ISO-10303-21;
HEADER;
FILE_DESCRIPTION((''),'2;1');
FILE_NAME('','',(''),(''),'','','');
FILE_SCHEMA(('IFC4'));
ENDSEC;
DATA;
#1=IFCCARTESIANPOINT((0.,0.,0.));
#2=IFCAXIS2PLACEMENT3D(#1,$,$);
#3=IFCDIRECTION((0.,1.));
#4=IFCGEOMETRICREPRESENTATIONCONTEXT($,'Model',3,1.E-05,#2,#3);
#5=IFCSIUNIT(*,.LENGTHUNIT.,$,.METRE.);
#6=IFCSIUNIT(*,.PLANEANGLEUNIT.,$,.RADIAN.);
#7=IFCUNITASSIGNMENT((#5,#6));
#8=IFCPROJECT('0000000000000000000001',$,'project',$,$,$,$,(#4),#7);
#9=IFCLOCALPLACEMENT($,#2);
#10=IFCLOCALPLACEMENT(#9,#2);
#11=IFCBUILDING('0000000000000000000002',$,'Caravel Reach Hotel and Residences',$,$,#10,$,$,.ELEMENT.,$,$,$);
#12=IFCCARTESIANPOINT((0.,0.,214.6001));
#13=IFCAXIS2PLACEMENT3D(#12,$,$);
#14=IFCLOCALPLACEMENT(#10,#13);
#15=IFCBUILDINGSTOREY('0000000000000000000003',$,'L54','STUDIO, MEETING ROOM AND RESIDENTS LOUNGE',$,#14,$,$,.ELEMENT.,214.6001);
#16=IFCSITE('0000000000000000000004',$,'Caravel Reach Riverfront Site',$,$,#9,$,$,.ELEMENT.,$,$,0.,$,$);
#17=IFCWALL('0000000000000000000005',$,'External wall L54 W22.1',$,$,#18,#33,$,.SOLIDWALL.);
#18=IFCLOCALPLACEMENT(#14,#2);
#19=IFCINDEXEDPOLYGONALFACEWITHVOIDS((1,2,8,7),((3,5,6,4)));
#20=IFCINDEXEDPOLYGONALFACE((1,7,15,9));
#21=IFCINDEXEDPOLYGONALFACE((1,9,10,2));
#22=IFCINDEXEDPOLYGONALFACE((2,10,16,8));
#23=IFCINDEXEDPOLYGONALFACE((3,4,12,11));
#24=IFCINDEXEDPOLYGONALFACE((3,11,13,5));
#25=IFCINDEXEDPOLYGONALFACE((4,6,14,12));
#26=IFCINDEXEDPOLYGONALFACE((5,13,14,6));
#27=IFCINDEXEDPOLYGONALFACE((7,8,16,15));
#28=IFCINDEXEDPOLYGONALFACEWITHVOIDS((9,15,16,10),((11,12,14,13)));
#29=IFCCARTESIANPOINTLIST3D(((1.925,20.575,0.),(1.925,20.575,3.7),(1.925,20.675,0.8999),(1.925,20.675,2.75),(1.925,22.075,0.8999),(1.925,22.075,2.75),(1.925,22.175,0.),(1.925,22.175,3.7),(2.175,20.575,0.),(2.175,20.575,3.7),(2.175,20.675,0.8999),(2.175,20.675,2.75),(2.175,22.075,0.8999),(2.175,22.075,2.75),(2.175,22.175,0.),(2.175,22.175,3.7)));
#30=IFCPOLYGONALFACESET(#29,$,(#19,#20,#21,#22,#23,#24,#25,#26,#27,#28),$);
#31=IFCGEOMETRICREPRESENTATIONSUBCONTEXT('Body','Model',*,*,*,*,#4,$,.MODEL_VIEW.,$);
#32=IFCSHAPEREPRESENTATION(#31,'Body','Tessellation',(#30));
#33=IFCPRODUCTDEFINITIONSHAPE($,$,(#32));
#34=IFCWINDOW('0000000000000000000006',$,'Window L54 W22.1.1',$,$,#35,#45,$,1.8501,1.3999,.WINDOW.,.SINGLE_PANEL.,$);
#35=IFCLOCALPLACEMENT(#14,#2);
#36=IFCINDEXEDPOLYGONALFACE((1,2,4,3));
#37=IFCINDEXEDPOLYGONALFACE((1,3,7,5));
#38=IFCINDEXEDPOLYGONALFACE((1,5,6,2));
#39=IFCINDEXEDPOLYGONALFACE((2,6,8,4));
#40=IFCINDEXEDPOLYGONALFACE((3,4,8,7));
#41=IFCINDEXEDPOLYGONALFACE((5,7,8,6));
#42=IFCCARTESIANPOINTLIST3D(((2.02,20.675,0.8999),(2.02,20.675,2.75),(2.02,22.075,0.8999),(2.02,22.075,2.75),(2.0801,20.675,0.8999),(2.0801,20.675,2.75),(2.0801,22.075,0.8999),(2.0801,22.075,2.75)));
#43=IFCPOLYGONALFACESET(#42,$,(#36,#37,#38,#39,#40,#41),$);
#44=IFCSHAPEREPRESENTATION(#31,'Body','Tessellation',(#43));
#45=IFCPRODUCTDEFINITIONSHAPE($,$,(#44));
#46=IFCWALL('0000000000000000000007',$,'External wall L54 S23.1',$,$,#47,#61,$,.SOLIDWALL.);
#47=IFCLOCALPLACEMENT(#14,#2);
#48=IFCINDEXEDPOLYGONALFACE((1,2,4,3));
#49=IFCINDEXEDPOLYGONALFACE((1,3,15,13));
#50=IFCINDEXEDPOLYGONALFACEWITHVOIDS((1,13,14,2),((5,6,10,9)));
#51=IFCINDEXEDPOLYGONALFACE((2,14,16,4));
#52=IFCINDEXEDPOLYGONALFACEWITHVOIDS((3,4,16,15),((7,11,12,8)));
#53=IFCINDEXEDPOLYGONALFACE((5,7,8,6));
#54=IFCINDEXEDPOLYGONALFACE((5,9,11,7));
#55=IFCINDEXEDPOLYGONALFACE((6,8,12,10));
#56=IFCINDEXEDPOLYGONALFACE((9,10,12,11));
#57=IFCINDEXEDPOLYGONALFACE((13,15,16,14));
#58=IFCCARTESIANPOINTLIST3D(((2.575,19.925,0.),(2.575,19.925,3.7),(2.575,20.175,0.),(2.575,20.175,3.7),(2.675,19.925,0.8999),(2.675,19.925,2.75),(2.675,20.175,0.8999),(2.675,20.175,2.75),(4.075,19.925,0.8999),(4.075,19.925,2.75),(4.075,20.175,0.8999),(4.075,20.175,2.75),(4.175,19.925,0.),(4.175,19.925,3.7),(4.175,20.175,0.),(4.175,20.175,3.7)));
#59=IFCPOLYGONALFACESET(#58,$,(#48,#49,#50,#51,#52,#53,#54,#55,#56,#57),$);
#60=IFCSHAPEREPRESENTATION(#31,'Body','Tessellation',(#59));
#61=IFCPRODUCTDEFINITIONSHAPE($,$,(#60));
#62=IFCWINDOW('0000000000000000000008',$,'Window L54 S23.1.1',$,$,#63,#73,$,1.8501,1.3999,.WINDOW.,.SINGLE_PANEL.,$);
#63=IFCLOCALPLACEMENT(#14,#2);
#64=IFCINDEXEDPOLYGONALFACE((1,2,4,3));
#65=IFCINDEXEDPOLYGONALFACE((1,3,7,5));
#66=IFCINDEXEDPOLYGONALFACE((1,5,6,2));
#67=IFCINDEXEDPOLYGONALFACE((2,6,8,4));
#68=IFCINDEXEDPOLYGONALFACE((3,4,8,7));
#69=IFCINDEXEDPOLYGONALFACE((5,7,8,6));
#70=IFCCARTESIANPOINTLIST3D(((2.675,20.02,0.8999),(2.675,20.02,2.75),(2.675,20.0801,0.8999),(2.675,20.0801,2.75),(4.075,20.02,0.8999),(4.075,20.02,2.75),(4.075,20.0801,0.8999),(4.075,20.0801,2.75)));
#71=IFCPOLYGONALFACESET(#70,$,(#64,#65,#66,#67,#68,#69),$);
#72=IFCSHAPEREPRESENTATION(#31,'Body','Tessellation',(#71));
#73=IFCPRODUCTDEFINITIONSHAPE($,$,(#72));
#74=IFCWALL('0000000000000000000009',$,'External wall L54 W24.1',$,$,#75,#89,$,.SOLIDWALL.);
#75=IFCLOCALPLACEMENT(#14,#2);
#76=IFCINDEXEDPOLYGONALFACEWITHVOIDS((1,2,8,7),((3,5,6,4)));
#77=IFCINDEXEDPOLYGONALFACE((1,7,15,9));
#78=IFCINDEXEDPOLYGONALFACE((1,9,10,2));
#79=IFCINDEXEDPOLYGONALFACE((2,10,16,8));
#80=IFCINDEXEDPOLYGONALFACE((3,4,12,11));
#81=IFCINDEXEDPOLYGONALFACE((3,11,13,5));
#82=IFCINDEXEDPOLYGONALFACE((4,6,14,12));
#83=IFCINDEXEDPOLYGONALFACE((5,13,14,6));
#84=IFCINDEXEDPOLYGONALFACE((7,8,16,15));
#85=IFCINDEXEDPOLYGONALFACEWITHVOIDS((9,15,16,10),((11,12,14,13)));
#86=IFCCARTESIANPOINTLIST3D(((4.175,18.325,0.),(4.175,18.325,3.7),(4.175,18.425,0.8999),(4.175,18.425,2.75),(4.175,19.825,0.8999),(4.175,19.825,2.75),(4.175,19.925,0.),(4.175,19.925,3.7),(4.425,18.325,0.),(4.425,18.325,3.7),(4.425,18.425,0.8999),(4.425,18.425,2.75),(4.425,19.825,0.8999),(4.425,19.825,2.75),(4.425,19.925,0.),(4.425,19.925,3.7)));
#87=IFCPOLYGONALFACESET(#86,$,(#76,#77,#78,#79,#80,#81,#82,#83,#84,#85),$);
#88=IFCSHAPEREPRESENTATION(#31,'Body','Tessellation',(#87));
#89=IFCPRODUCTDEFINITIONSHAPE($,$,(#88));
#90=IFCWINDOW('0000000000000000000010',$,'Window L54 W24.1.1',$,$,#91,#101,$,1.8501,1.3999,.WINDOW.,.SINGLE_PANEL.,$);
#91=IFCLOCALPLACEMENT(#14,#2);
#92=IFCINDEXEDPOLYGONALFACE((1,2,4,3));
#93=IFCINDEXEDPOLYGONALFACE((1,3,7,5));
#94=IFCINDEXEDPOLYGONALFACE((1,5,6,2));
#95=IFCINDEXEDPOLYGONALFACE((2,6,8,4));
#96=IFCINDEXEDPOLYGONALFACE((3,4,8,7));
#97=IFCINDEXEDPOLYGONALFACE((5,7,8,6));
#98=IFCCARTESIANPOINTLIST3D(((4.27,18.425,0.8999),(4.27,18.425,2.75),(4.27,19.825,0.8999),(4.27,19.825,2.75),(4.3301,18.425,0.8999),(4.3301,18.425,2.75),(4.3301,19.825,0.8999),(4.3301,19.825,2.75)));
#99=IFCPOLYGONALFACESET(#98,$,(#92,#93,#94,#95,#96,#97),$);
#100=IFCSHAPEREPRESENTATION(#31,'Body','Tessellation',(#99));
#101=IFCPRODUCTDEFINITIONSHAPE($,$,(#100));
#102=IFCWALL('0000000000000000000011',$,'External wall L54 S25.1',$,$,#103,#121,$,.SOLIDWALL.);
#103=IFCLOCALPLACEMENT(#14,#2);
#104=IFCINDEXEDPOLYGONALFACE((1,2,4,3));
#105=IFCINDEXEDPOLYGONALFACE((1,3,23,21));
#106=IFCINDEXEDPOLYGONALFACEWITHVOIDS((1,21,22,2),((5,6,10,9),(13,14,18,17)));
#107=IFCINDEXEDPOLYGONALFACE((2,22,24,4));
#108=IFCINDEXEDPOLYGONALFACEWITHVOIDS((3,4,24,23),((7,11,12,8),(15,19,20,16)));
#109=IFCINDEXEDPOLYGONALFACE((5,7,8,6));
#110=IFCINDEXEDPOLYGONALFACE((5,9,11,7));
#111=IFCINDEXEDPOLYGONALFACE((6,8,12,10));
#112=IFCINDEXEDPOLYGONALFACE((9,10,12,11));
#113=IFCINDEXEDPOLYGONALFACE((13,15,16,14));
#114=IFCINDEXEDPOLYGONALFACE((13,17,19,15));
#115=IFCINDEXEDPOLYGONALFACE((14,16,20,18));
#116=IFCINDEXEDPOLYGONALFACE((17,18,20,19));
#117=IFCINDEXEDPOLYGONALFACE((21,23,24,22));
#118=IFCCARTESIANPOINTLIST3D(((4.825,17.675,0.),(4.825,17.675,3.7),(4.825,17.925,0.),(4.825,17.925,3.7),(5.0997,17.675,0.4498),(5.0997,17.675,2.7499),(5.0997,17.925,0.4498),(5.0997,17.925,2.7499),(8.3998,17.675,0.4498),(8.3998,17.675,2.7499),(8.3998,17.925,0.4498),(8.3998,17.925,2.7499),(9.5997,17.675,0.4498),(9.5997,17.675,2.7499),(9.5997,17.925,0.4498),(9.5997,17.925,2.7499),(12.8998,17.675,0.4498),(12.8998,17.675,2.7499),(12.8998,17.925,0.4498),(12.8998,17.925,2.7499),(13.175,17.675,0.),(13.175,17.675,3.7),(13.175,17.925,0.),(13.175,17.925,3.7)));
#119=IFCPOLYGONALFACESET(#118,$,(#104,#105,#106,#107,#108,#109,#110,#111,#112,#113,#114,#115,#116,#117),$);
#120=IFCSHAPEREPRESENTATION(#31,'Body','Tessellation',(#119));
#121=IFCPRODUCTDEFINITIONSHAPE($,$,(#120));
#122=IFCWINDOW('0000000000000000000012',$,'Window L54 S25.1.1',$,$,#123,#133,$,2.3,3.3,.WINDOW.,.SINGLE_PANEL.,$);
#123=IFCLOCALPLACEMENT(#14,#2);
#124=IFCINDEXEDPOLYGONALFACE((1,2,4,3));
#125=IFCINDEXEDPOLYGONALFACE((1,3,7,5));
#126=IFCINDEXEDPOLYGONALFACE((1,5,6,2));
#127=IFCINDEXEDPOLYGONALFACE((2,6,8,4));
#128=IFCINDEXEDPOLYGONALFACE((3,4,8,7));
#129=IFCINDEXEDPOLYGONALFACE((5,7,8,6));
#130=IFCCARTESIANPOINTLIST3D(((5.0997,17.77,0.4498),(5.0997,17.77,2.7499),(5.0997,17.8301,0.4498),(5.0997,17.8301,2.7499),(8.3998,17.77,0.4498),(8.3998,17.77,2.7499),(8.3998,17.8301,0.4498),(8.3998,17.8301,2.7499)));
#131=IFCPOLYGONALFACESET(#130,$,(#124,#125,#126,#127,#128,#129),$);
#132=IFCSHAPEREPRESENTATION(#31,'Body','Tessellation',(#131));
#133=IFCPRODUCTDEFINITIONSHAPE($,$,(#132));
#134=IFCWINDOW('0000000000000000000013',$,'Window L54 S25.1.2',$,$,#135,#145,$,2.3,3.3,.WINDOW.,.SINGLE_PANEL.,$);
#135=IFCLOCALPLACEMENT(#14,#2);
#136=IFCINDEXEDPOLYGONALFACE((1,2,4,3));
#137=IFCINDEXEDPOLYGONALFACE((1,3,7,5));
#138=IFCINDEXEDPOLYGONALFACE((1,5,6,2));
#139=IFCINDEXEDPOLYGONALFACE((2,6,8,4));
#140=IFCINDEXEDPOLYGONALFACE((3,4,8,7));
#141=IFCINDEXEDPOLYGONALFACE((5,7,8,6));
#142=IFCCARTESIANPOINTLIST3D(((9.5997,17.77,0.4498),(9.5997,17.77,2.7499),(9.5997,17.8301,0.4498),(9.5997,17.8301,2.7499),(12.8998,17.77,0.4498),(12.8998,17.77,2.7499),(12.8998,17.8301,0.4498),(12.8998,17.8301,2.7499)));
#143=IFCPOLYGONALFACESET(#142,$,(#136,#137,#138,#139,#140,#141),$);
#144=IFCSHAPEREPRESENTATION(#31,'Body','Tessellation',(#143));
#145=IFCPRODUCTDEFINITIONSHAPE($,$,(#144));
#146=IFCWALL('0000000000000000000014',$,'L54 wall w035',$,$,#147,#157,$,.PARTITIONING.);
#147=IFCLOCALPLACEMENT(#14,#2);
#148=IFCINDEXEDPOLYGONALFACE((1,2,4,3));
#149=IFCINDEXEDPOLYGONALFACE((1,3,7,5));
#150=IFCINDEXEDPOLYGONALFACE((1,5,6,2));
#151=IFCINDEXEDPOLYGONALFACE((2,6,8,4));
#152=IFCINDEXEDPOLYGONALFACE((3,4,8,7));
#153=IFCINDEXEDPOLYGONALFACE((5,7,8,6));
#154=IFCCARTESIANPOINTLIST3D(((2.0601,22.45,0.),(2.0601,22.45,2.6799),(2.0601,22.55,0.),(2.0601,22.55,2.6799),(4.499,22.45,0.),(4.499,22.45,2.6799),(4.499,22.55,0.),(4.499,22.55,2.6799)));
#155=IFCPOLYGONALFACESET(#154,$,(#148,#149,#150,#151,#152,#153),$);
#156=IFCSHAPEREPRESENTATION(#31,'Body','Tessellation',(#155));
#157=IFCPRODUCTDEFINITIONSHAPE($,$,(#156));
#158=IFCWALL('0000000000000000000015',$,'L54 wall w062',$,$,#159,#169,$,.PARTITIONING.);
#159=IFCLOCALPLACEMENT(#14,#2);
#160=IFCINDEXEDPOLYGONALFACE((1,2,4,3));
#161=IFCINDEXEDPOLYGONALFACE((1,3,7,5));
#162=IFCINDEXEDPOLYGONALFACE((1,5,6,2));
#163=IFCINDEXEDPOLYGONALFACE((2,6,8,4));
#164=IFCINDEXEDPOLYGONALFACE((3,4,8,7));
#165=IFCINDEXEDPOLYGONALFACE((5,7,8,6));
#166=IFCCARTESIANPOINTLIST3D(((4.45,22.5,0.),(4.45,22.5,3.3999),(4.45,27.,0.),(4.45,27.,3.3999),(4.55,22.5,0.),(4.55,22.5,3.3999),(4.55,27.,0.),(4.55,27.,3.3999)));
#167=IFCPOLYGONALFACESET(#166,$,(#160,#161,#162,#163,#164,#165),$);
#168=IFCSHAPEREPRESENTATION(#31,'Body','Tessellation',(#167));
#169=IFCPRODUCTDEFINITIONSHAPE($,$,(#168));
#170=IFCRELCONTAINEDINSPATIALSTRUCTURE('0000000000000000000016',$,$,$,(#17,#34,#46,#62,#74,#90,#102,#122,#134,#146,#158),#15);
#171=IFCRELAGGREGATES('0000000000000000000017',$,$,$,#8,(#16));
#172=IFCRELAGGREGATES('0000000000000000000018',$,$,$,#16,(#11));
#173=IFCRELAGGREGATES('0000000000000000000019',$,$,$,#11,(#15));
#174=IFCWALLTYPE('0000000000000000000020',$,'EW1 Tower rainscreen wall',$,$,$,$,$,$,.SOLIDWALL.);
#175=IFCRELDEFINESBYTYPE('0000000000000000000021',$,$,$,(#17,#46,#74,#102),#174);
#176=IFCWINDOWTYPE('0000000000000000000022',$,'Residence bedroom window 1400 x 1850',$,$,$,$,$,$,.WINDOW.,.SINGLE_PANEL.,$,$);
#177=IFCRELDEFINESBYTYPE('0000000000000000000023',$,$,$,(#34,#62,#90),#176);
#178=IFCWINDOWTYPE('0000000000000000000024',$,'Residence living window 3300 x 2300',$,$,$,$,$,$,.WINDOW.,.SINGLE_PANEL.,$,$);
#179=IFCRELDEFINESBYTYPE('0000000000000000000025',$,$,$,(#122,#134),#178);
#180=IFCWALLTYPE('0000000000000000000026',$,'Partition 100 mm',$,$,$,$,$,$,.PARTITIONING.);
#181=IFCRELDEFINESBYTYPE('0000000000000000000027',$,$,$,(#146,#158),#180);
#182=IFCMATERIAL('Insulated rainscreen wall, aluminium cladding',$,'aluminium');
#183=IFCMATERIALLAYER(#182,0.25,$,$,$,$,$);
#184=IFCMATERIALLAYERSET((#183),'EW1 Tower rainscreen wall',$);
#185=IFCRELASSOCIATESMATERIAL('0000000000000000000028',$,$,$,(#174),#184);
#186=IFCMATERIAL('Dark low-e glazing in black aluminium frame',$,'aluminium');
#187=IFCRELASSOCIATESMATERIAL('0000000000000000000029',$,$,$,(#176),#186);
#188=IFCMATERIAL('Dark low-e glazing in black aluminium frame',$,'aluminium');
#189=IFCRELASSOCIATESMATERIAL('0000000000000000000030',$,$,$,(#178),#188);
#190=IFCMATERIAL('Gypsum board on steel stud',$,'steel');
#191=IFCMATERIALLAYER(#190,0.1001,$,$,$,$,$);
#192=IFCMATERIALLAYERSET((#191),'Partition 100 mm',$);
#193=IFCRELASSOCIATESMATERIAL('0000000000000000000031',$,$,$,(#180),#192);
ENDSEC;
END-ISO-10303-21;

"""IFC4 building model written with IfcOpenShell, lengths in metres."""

from ifc_helpers import new_model, si_unit, direction, frame, frame_2d, origin, place, context, subcontext, project, spatial, rectangle, extrude, material, layer, layer_set, type_object, element, fill, save


model = new_model("IFC4")

# Units and contexts
model_context = context("Model", 3, precision=1e-05, world=origin(), true_north=direction((0.0, 1.0)))
body_context = subcontext(model_context, "Body", "Model", "MODEL_VIEW")
ifc_project = project(units=[si_unit("LENGTHUNIT", "METRE"), si_unit("PLANEANGLEUNIT", "RADIAN")], contexts=[model_context])

# Site, building, storey
site_placement = place(None, origin())
site = spatial("IfcSite", under=ifc_project, at=site_placement, Name="Caravel Reach Riverfront Site", CompositionType="ELEMENT", RefElevation=0.0)
building_placement = place(site_placement, origin())
building = spatial("IfcBuilding", under=site, at=building_placement, Name="Caravel Reach Hotel and Residences", CompositionType="ELEMENT")
storey_placement = place(building_placement, frame((0.0, 0.0, 214.6001)))
storey = spatial("IfcBuildingStorey", under=building, at=storey_placement, Name="L54", Description="STUDIO, MEETING ROOM AND RESIDENTS LOUNGE", CompositionType="ELEMENT", Elevation=214.6001)

# Walls, openings, windows
ifc_material_1 = material(Name="Insulated rainscreen wall, aluminium cladding", Category="aluminium")
ifc_layer_1 = layer(ifc_material_1, 0.25)
ifc_layer_set_1 = layer_set([ifc_layer_1], Name="EW1 Tower rainscreen wall")
wall_type_1 = type_object("IfcWallType", Name="EW1 Tower rainscreen wall", PredefinedType="SOLIDWALL", material=ifc_layer_set_1)
ifc_material_2 = material(Name="Dark low-e glazing in black aluminium frame", Category="aluminium")
window_type_1 = type_object("IfcWindowType", Name="Residence bedroom window 1400 x 1850", PartitioningType="SINGLE_PANEL", PredefinedType="WINDOW", material=ifc_material_2)
wall_1_placement = place(storey_placement, frame((2.05, 22.175, 0.0), z_axis=(0.0, 0.0, 1.0), x_axis=(0.0, -1.0, 0.0)))
wall_1 = element("IfcWall", 1, at=wall_1_placement, inside=storey, type_object=wall_type_1, Name="External wall L54 W22.1", PredefinedType="SOLIDWALL", context=body_context, shape_type="SweptSolid", body=[
    extrude(rectangle(XDim=1.6001, YDim=0.25, at=frame_2d((0.8, 0.0))), origin(), (0.0, 0.0, 1.0), 3.7),
])
opening_1_placement = place(wall_1_placement, frame((0.1001, 0.0, 0.8999)))
opening_1 = element("IfcOpeningElement", 2, at=opening_1_placement, cuts=wall_1, PredefinedType="OPENING", context=body_context, shape_type="SweptSolid", body=[
    extrude(rectangle(XDim=1.3999, YDim=1.8501, at=frame_2d((0.7, 0.925))), frame((0.0, 0.135, 0.0), z_axis=(0.0, -1.0, 0.0), x_axis=(1.0, 0.0, 0.0)), (0.0, 0.0, 1.0), 0.27),
])
window_1_placement = place(opening_1_placement, origin())
window_1 = element("IfcWindow", 3, at=window_1_placement, inside=storey, type_object=window_type_1, Name="Window L54 W22.1.1", OverallHeight=1.8501, OverallWidth=1.3999, PartitioningType="SINGLE_PANEL", PredefinedType="WINDOW", context=body_context, shape_type="SweptSolid", body=[
    extrude(rectangle(XDim=1.3999, YDim=1.8501, at=frame_2d((0.7, 0.925))), frame((0.0, 0.03, 0.0), z_axis=(0.0, -1.0, 0.0), x_axis=(1.0, 0.0, 0.0)), (0.0, 0.0, 1.0), 0.0601),
])
fill(opening_1, window_1)
wall_2_placement = place(storey_placement, frame((2.575, 20.05, 0.0), z_axis=(0.0, 0.0, 1.0), x_axis=(1.0, 0.0, 0.0)))
wall_2 = element("IfcWall", 4, at=wall_2_placement, inside=storey, type_object=wall_type_1, Name="External wall L54 S23.1", PredefinedType="SOLIDWALL", context=body_context, shape_type="SweptSolid", body=[
    extrude(rectangle(XDim=1.6001, YDim=0.25, at=frame_2d((0.8, 0.0))), origin(), (0.0, 0.0, 1.0), 3.7),
])
opening_2_placement = place(wall_2_placement, frame((0.1001, 0.0, 0.8999)))
opening_2 = element("IfcOpeningElement", 5, at=opening_2_placement, cuts=wall_2, PredefinedType="OPENING", context=body_context, shape_type="SweptSolid", body=[
    extrude(rectangle(XDim=1.3999, YDim=1.8501, at=frame_2d((0.7, 0.925))), frame((0.0, 0.135, 0.0), z_axis=(0.0, -1.0, 0.0), x_axis=(1.0, 0.0, 0.0)), (0.0, 0.0, 1.0), 0.27),
])
window_2_placement = place(opening_2_placement, origin())
window_2 = element("IfcWindow", 6, at=window_2_placement, inside=storey, type_object=window_type_1, Name="Window L54 S23.1.1", OverallHeight=1.8501, OverallWidth=1.3999, PartitioningType="SINGLE_PANEL", PredefinedType="WINDOW", context=body_context, shape_type="SweptSolid", body=[
    extrude(rectangle(XDim=1.3999, YDim=1.8501, at=frame_2d((0.7, 0.925))), frame((0.0, 0.03, 0.0), z_axis=(0.0, -1.0, 0.0), x_axis=(1.0, 0.0, 0.0)), (0.0, 0.0, 1.0), 0.0601),
])
fill(opening_2, window_2)
wall_3_placement = place(storey_placement, frame((4.3, 19.925, 0.0), z_axis=(0.0, 0.0, 1.0), x_axis=(0.0, -1.0, 0.0)))
wall_3 = element("IfcWall", 7, at=wall_3_placement, inside=storey, type_object=wall_type_1, Name="External wall L54 W24.1", PredefinedType="SOLIDWALL", context=body_context, shape_type="SweptSolid", body=[
    extrude(rectangle(XDim=1.6001, YDim=0.25, at=frame_2d((0.8, 0.0))), origin(), (0.0, 0.0, 1.0), 3.7),
])
opening_3_placement = place(wall_3_placement, frame((0.1001, 0.0, 0.8999)))
opening_3 = element("IfcOpeningElement", 8, at=opening_3_placement, cuts=wall_3, PredefinedType="OPENING", context=body_context, shape_type="SweptSolid", body=[
    extrude(rectangle(XDim=1.3999, YDim=1.8501, at=frame_2d((0.7, 0.925))), frame((0.0, 0.135, 0.0), z_axis=(0.0, -1.0, 0.0), x_axis=(1.0, 0.0, 0.0)), (0.0, 0.0, 1.0), 0.27),
])
window_3_placement = place(opening_3_placement, origin())
window_3 = element("IfcWindow", 9, at=window_3_placement, inside=storey, type_object=window_type_1, Name="Window L54 W24.1.1", OverallHeight=1.8501, OverallWidth=1.3999, PartitioningType="SINGLE_PANEL", PredefinedType="WINDOW", context=body_context, shape_type="SweptSolid", body=[
    extrude(rectangle(XDim=1.3999, YDim=1.8501, at=frame_2d((0.7, 0.925))), frame((0.0, 0.03, 0.0), z_axis=(0.0, -1.0, 0.0), x_axis=(1.0, 0.0, 0.0)), (0.0, 0.0, 1.0), 0.0601),
])
fill(opening_3, window_3)

# Wall, openings, windows
wall_4_placement = place(storey_placement, frame((4.825, 17.8, 0.0), z_axis=(0.0, 0.0, 1.0), x_axis=(1.0, 0.0, 0.0)))
wall_4 = element("IfcWall", 10, at=wall_4_placement, inside=storey, type_object=wall_type_1, Name="External wall L54 S25.1", PredefinedType="SOLIDWALL", context=body_context, shape_type="SweptSolid", body=[
    extrude(rectangle(XDim=8.3501, YDim=0.25, at=frame_2d((4.175, 0.0))), origin(), (0.0, 0.0, 1.0), 3.7),
])
opening_4_placement = place(wall_4_placement, frame((0.2749, 0.0, 0.45)))
opening_4 = element("IfcOpeningElement", 11, at=opening_4_placement, cuts=wall_4, PredefinedType="OPENING", context=body_context, shape_type="SweptSolid", body=[
    extrude(rectangle(XDim=3.3, YDim=2.3, at=frame_2d((1.6499, 1.1499))), frame((0.0, 0.135, 0.0), z_axis=(0.0, -1.0, 0.0), x_axis=(1.0, 0.0, 0.0)), (0.0, 0.0, 1.0), 0.27),
])
opening_5_placement = place(wall_4_placement, frame((4.7749, 0.0, 0.45)))
opening_5 = element("IfcOpeningElement", 12, at=opening_5_placement, cuts=wall_4, PredefinedType="OPENING", context=body_context, shape_type="SweptSolid", body=[
    extrude(rectangle(XDim=3.3, YDim=2.3, at=frame_2d((1.6499, 1.1499))), frame((0.0, 0.135, 0.0), z_axis=(0.0, -1.0, 0.0), x_axis=(1.0, 0.0, 0.0)), (0.0, 0.0, 1.0), 0.27),
])
ifc_material_3 = material(Name="Dark low-e glazing in black aluminium frame", Category="aluminium")
window_type_2 = type_object("IfcWindowType", Name="Residence living window 3300 x 2300", PartitioningType="SINGLE_PANEL", PredefinedType="WINDOW", material=ifc_material_3)
window_4_placement = place(opening_4_placement, origin())
window_4 = element("IfcWindow", 13, at=window_4_placement, inside=storey, type_object=window_type_2, Name="Window L54 S25.1.1", OverallHeight=2.3, OverallWidth=3.3, PartitioningType="SINGLE_PANEL", PredefinedType="WINDOW", context=body_context, shape_type="SweptSolid", body=[
    extrude(rectangle(XDim=3.3, YDim=2.3, at=frame_2d((1.6499, 1.1499))), frame((0.0, 0.03, 0.0), z_axis=(0.0, -1.0, 0.0), x_axis=(1.0, 0.0, 0.0)), (0.0, 0.0, 1.0), 0.0601),
])
fill(opening_4, window_4)
window_5_placement = place(opening_5_placement, origin())
window_5 = element("IfcWindow", 14, at=window_5_placement, inside=storey, type_object=window_type_2, Name="Window L54 S25.1.2", OverallHeight=2.3, OverallWidth=3.3, PartitioningType="SINGLE_PANEL", PredefinedType="WINDOW", context=body_context, shape_type="SweptSolid", body=[
    extrude(rectangle(XDim=3.3, YDim=2.3, at=frame_2d((1.6499, 1.1499))), frame((0.0, 0.03, 0.0), z_axis=(0.0, -1.0, 0.0), x_axis=(1.0, 0.0, 0.0)), (0.0, 0.0, 1.0), 0.0601),
])
fill(opening_5, window_5)

# Walls
ifc_material_4 = material(Name="Gypsum board on steel stud", Category="steel")
ifc_layer_2 = layer(ifc_material_4, 0.1001)
ifc_layer_set_2 = layer_set([ifc_layer_2], Name="Partition 100 mm")
wall_type_2 = type_object("IfcWallType", Name="Partition 100 mm", PredefinedType="PARTITIONING", material=ifc_layer_set_2)
wall_5_placement = place(storey_placement, frame((2.0601, 22.5, 0.0), z_axis=(0.0, 0.0, 1.0), x_axis=(1.0, 0.0, 0.0)))
element("IfcWall", 15, at=wall_5_placement, inside=storey, type_object=wall_type_2, Name="L54 wall w035", PredefinedType="PARTITIONING", context=body_context, shape_type="SweptSolid", body=[
    extrude(rectangle(XDim=2.439, YDim=0.1001, at=frame_2d((1.2195, 0.0))), origin(), (0.0, 0.0, 1.0), 2.6799),
])
wall_6_placement = place(storey_placement, frame((4.5, 22.5, 0.0), z_axis=(0.0, 0.0, 1.0), x_axis=(0.0, 1.0, 0.0)))
element("IfcWall", 16, at=wall_6_placement, inside=storey, type_object=wall_type_2, Name="L54 wall w062", PredefinedType="PARTITIONING", context=body_context, shape_type="SweptSolid", body=[
    extrude(rectangle(XDim=4.5, YDim=0.1001, at=frame_2d((2.25, 0.0))), origin(), (0.0, 0.0, 1.0), 3.3999),
])

save(model, "model.ifc")
